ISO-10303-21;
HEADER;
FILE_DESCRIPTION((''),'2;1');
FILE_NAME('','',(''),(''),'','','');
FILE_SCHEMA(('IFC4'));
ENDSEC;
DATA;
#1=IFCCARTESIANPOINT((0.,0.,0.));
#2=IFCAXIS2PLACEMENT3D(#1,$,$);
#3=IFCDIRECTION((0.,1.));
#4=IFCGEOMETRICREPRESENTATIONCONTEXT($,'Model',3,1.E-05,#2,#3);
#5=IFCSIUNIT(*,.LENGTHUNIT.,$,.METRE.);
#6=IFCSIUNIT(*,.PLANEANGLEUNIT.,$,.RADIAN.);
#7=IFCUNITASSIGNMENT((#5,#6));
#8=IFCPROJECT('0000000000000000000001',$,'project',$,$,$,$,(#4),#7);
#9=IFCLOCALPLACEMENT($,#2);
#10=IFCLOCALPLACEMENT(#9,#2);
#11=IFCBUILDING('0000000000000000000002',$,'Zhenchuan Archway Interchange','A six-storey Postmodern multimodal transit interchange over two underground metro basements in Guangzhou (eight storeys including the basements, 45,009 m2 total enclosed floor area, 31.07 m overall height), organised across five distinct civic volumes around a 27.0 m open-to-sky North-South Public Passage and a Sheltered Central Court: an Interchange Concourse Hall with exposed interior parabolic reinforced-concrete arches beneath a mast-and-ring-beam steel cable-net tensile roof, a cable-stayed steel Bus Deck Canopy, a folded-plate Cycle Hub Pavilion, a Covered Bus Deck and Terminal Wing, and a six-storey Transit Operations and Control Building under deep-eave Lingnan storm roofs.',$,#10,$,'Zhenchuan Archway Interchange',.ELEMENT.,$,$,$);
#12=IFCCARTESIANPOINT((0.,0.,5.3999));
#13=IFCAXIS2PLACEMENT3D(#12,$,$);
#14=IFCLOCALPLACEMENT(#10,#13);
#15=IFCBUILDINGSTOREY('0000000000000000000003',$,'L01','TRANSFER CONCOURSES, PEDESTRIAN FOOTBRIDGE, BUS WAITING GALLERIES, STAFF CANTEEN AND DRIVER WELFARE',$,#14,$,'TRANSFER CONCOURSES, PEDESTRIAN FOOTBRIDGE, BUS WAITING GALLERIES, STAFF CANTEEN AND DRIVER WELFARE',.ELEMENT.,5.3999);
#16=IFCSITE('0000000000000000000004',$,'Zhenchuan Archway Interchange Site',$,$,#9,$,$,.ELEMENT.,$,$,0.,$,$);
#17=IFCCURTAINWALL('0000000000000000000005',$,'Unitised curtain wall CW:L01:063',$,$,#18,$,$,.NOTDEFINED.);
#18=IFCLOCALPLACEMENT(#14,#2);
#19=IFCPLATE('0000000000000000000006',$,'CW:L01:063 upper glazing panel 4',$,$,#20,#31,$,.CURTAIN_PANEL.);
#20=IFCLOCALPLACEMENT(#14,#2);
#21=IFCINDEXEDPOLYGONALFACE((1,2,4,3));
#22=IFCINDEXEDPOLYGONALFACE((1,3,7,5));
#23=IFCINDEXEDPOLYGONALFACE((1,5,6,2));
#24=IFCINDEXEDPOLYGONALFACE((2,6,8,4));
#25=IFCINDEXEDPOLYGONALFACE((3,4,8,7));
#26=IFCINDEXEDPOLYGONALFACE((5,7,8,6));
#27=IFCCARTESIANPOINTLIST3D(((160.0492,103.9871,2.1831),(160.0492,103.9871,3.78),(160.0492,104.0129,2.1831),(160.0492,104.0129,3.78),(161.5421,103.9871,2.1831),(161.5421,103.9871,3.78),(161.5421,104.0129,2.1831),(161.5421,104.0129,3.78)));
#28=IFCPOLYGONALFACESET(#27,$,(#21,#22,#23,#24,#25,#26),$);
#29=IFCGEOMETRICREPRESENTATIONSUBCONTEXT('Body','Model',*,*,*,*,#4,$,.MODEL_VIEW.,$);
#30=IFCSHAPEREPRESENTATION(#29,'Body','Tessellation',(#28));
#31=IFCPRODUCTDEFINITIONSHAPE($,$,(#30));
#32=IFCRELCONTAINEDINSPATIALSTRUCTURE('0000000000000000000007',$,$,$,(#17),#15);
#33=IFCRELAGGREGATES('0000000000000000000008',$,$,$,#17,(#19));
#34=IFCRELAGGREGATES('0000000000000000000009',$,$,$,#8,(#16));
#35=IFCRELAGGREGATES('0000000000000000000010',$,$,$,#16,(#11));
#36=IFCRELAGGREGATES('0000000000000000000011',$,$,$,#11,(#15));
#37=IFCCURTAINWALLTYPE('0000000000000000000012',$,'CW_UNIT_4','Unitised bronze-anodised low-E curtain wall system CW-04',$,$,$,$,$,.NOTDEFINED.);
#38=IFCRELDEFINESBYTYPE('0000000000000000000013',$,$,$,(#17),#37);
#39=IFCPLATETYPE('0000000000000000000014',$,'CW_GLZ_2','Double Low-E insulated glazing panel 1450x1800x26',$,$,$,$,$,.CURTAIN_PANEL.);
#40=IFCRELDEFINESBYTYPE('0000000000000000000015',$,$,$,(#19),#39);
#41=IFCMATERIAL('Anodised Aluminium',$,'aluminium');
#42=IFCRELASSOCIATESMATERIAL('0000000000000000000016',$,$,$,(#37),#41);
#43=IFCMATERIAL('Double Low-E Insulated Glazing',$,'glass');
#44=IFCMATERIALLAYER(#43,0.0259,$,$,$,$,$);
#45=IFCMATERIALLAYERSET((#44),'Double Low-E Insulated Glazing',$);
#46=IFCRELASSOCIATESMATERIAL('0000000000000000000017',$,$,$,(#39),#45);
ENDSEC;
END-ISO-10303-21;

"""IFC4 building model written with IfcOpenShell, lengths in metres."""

from ifc_helpers import new_model, si_unit, direction, frame, origin, origin_2d, place, context, subcontext, project, spatial, rectangle, extrude, material, layer, layer_set, type_object, element, aggregate, save


model = new_model("IFC4")

# Units and contexts
model_context = context("Model", 3, precision=1e-05, world=origin(), true_north=direction((0.0, 1.0)))
body_context = subcontext(model_context, "Body", "Model", "MODEL_VIEW")
ifc_project = project(units=[si_unit("LENGTHUNIT", "METRE"), si_unit("PLANEANGLEUNIT", "RADIAN")], contexts=[model_context])

# Site, building, storey
site_placement = place(None, origin())
site = spatial("IfcSite", under=ifc_project, at=site_placement, Name="Zhenchuan Archway Interchange Site", CompositionType="ELEMENT", RefElevation=0.0)
building_placement = place(site_placement, origin())
building = spatial("IfcBuilding", under=site, at=building_placement, Name="Zhenchuan Archway Interchange", Description="A six-storey Postmodern multimodal transit interchange over two underground metro basements in Guangzhou (eight storeys including the basements, 45,009 m2 total enclosed floor area, 31.07 m overall height), organised across five distinct civic volumes around a 27.0 m open-to-sky North-South Public Passage and a Sheltered Central Court: an Interchange Concourse Hall with exposed interior parabolic reinforced-concrete arches beneath a mast-and-ring-beam steel cable-net tensile roof, a cable-stayed steel Bus Deck Canopy, a folded-plate Cycle Hub Pavilion, a Covered Bus Deck and Terminal Wing, and a six-storey Transit Operations and Control Building under deep-eave Lingnan storm roofs.", LongName="Zhenchuan Archway Interchange", CompositionType="ELEMENT")
storey_placement = place(building_placement, frame((0.0, 0.0, 5.3999)))
storey = spatial("IfcBuildingStorey", under=building, at=storey_placement, Name="L01", Description="TRANSFER CONCOURSES, PEDESTRIAN FOOTBRIDGE, BUS WAITING GALLERIES, STAFF CANTEEN AND DRIVER WELFARE", LongName="TRANSFER CONCOURSES, PEDESTRIAN FOOTBRIDGE, BUS WAITING GALLERIES, STAFF CANTEEN AND DRIVER WELFARE", CompositionType="ELEMENT", Elevation=5.3999)

# Curtain wall, plate
ifc_material_1 = material(Name="Anodised Aluminium", Category="aluminium")
curtain_wall_type = type_object("IfcCurtainWallType", Name="CW_UNIT_4", Description="Unitised bronze-anodised low-E curtain wall system CW-04", PredefinedType="NOTDEFINED", material=ifc_material_1)
curtain_wall_placement = place(storey_placement, origin())
curtain_wall = element("IfcCurtainWall", 1, at=curtain_wall_placement, inside=storey, type_object=curtain_wall_type, Name="Unitised curtain wall CW:L01:063", PredefinedType="NOTDEFINED")
ifc_material_2 = material(Name="Double Low-E Insulated Glazing", Category="glass")
ifc_layer_1 = layer(ifc_material_2, 0.0259)
ifc_layer_set_1 = layer_set([ifc_layer_1], Name="Double Low-E Insulated Glazing")
plate_type_1 = type_object("IfcPlateType", Name="CW_GLZ_2", Description="Double Low-E insulated glazing panel 1450x1800x26", PredefinedType="CURTAIN_PANEL", material=ifc_layer_set_1)
plate_1_placement = place(storey_placement, frame((160.7957, 104.0, 2.1831), z_axis=(0.0, 0.0, 1.0), x_axis=(1.0, 0.0, 0.0)))
plate_1 = element("IfcPlate", 2, at=plate_1_placement, type_object=plate_type_1, Name="CW:L01:063 upper glazing panel 4", PredefinedType="CURTAIN_PANEL", context=body_context, shape_type="SweptSolid", body=[
    extrude(rectangle(XDim=1.4929, YDim=0.0259, at=origin_2d()), origin(), (0.0, 0.0, 1.0), 1.5969),
])
aggregate(curtain_wall, [plate_1])

save(model, "model.ifc")
